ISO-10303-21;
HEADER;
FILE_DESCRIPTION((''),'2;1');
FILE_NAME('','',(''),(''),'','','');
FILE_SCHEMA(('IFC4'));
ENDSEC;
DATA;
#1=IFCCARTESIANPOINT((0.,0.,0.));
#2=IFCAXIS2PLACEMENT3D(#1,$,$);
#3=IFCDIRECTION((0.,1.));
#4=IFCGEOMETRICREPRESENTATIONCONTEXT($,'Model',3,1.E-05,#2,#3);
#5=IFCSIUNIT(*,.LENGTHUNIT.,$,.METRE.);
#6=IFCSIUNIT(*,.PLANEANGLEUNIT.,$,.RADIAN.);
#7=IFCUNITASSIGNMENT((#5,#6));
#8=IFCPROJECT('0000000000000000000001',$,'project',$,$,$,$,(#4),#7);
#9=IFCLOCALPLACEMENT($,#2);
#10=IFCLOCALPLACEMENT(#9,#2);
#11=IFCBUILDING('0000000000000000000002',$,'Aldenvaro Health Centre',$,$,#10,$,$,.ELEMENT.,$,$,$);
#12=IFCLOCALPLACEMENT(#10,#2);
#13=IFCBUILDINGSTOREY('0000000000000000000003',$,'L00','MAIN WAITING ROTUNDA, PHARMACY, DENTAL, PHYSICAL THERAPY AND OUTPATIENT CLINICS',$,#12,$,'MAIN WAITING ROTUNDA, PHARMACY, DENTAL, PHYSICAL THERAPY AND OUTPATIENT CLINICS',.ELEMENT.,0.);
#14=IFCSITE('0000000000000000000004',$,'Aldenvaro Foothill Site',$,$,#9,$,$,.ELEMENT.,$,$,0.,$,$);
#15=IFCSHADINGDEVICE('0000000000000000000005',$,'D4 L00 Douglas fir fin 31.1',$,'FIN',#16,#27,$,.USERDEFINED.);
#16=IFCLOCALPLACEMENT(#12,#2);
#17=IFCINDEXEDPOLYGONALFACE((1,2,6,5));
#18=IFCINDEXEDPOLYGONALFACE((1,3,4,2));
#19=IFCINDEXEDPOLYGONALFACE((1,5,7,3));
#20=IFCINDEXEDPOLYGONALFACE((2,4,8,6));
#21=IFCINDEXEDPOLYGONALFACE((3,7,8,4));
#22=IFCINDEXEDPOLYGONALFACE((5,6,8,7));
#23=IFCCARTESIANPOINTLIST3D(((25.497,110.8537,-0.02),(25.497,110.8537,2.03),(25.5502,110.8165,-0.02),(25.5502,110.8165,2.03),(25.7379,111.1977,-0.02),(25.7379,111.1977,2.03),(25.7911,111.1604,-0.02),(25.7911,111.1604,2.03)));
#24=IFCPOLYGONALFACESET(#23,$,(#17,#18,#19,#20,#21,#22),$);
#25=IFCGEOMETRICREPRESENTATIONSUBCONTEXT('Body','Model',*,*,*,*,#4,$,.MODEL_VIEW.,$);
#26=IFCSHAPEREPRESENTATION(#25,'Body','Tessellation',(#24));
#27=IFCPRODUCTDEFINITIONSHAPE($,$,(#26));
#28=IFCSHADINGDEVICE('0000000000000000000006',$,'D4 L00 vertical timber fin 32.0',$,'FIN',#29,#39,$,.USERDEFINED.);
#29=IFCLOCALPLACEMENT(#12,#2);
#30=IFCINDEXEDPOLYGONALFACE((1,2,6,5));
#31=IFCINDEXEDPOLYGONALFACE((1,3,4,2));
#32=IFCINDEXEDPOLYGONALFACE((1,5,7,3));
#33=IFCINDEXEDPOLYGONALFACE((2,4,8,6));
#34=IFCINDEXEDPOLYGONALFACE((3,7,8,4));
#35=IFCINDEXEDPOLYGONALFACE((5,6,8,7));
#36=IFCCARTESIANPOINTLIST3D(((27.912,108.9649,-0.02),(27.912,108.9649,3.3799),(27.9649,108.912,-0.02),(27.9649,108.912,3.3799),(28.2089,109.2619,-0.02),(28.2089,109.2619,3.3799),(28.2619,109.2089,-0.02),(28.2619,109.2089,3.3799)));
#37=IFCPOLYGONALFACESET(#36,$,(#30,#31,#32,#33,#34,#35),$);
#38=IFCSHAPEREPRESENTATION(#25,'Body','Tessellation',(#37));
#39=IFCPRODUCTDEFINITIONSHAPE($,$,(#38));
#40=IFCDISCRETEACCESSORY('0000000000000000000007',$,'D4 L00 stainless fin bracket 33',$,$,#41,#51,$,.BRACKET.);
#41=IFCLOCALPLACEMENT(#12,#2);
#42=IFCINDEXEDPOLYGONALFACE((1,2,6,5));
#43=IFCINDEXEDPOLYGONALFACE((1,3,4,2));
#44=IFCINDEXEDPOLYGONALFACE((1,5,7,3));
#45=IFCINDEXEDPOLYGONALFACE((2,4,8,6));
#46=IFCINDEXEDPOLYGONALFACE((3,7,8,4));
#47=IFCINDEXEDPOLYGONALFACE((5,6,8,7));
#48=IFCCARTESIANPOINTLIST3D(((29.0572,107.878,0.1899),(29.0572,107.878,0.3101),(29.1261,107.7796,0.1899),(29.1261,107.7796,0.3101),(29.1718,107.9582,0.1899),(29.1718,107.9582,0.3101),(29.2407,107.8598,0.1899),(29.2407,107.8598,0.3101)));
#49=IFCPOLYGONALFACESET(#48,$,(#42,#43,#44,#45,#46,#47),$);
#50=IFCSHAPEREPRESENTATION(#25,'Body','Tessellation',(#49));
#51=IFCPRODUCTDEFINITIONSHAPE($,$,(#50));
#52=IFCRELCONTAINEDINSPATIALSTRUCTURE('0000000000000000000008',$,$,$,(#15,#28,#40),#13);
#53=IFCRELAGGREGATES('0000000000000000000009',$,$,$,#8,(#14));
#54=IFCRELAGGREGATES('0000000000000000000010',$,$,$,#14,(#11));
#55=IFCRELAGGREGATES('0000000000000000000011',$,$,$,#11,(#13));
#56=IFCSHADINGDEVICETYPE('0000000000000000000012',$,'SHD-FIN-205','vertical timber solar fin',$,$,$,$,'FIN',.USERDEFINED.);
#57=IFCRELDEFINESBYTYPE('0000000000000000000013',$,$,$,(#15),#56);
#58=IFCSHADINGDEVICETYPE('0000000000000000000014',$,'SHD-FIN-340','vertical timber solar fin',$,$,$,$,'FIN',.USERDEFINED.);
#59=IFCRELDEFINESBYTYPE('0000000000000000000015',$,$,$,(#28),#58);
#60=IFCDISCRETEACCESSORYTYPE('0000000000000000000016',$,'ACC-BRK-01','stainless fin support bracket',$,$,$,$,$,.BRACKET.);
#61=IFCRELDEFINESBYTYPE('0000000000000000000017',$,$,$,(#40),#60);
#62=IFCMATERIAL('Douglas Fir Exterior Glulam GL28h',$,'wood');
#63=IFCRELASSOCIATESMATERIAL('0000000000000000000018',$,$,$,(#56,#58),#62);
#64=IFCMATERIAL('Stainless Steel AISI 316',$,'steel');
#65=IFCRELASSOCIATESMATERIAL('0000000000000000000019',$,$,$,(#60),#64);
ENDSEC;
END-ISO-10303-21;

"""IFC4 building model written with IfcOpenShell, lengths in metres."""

from ifc_helpers import new_model, si_unit, direction, frame, origin, origin_2d, place, context, subcontext, project, spatial, rectangle, extrude, material, type_object, element, save


model = new_model("IFC4")

# Units and contexts
model_context = context("Model", 3, precision=1e-05, world=origin(), true_north=direction((0.0, 1.0)))
body_context = subcontext(model_context, "Body", "Model", "MODEL_VIEW")
ifc_project = project(units=[si_unit("LENGTHUNIT", "METRE"), si_unit("PLANEANGLEUNIT", "RADIAN")], contexts=[model_context])

# Site, building, storey
site_placement = place(None, origin())
site = spatial("IfcSite", under=ifc_project, at=site_placement, Name="Aldenvaro Foothill Site", CompositionType="ELEMENT", RefElevation=0.0)
building_placement = place(site_placement, origin())
building = spatial("IfcBuilding", under=site, at=building_placement, Name="Aldenvaro Health Centre", CompositionType="ELEMENT")
storey_placement = place(building_placement, origin())
storey = spatial("IfcBuildingStorey", under=building, at=storey_placement, Name="L00", Description="MAIN WAITING ROTUNDA, PHARMACY, DENTAL, PHYSICAL THERAPY AND OUTPATIENT CLINICS", LongName="MAIN WAITING ROTUNDA, PHARMACY, DENTAL, PHYSICAL THERAPY AND OUTPATIENT CLINICS", CompositionType="ELEMENT", Elevation=0.0)

# Shading devices
ifc_material_1 = material(Name="Douglas Fir Exterior Glulam GL28h", Category="wood")
shading_device_type_1 = type_object("IfcShadingDeviceType", Name="SHD-FIN-205", Description="vertical timber solar fin", ElementType="FIN", PredefinedType="USERDEFINED", material=ifc_material_1)
shading_device_1_placement = place(storey_placement, frame((25.644, 111.0071, -0.02), z_axis=(0.0, 0.0, 1.0), x_axis=(0.819051, -0.573721, 0.0)))
element("IfcShadingDevice", 1, at=shading_device_1_placement, inside=storey, type_object=shading_device_type_1, Name="D4 L00 Douglas fir fin 31.1", ObjectType="FIN", PredefinedType="USERDEFINED", context=body_context, shape_type="SweptSolid", body=[
    extrude(rectangle(XDim=0.0649, YDim=0.4199, at=origin_2d()), origin(), (0.0, 0.0, 1.0), 2.05),
])
shading_device_type_2 = type_object("IfcShadingDeviceType", Name="SHD-FIN-340", Description="vertical timber solar fin", ElementType="FIN", PredefinedType="USERDEFINED", material=ifc_material_1)
shading_device_2_placement = place(storey_placement, frame((28.0869, 109.0869, -0.02), z_axis=(0.0, 0.0, 1.0), x_axis=(0.707107, -0.707107, 0.0)))
element("IfcShadingDevice", 2, at=shading_device_2_placement, inside=storey, type_object=shading_device_type_2, Name="D4 L00 vertical timber fin 32.0", ObjectType="FIN", PredefinedType="USERDEFINED", context=body_context, shape_type="SweptSolid", body=[
    extrude(rectangle(XDim=0.075, YDim=0.4199, at=origin_2d()), origin(), (0.0, 0.0, 1.0), 3.3999),
])

# Discrete accessory
ifc_material_2 = material(Name="Stainless Steel AISI 316", Category="steel")
discrete_accessory_type = type_object("IfcDiscreteAccessoryType", Name="ACC-BRK-01", Description="stainless fin support bracket", PredefinedType="BRACKET", material=ifc_material_2)
discrete_accessory_placement = place(storey_placement, frame((29.1489, 107.8689, 0.1899), z_axis=(0.0, 0.0, 1.0), x_axis=(0.573721, -0.819051, 0.0)))
element("IfcDiscreteAccessory", 3, at=discrete_accessory_placement, inside=storey, type_object=discrete_accessory_type, Name="D4 L00 stainless fin bracket 33", PredefinedType="BRACKET", context=body_context, shape_type="SweptSolid", body=[
    extrude(rectangle(XDim=0.1201, YDim=0.1399, at=origin_2d()), origin(), (0.0, 0.0, 1.0), 0.1201),
])

save(model, "model.ifc")
